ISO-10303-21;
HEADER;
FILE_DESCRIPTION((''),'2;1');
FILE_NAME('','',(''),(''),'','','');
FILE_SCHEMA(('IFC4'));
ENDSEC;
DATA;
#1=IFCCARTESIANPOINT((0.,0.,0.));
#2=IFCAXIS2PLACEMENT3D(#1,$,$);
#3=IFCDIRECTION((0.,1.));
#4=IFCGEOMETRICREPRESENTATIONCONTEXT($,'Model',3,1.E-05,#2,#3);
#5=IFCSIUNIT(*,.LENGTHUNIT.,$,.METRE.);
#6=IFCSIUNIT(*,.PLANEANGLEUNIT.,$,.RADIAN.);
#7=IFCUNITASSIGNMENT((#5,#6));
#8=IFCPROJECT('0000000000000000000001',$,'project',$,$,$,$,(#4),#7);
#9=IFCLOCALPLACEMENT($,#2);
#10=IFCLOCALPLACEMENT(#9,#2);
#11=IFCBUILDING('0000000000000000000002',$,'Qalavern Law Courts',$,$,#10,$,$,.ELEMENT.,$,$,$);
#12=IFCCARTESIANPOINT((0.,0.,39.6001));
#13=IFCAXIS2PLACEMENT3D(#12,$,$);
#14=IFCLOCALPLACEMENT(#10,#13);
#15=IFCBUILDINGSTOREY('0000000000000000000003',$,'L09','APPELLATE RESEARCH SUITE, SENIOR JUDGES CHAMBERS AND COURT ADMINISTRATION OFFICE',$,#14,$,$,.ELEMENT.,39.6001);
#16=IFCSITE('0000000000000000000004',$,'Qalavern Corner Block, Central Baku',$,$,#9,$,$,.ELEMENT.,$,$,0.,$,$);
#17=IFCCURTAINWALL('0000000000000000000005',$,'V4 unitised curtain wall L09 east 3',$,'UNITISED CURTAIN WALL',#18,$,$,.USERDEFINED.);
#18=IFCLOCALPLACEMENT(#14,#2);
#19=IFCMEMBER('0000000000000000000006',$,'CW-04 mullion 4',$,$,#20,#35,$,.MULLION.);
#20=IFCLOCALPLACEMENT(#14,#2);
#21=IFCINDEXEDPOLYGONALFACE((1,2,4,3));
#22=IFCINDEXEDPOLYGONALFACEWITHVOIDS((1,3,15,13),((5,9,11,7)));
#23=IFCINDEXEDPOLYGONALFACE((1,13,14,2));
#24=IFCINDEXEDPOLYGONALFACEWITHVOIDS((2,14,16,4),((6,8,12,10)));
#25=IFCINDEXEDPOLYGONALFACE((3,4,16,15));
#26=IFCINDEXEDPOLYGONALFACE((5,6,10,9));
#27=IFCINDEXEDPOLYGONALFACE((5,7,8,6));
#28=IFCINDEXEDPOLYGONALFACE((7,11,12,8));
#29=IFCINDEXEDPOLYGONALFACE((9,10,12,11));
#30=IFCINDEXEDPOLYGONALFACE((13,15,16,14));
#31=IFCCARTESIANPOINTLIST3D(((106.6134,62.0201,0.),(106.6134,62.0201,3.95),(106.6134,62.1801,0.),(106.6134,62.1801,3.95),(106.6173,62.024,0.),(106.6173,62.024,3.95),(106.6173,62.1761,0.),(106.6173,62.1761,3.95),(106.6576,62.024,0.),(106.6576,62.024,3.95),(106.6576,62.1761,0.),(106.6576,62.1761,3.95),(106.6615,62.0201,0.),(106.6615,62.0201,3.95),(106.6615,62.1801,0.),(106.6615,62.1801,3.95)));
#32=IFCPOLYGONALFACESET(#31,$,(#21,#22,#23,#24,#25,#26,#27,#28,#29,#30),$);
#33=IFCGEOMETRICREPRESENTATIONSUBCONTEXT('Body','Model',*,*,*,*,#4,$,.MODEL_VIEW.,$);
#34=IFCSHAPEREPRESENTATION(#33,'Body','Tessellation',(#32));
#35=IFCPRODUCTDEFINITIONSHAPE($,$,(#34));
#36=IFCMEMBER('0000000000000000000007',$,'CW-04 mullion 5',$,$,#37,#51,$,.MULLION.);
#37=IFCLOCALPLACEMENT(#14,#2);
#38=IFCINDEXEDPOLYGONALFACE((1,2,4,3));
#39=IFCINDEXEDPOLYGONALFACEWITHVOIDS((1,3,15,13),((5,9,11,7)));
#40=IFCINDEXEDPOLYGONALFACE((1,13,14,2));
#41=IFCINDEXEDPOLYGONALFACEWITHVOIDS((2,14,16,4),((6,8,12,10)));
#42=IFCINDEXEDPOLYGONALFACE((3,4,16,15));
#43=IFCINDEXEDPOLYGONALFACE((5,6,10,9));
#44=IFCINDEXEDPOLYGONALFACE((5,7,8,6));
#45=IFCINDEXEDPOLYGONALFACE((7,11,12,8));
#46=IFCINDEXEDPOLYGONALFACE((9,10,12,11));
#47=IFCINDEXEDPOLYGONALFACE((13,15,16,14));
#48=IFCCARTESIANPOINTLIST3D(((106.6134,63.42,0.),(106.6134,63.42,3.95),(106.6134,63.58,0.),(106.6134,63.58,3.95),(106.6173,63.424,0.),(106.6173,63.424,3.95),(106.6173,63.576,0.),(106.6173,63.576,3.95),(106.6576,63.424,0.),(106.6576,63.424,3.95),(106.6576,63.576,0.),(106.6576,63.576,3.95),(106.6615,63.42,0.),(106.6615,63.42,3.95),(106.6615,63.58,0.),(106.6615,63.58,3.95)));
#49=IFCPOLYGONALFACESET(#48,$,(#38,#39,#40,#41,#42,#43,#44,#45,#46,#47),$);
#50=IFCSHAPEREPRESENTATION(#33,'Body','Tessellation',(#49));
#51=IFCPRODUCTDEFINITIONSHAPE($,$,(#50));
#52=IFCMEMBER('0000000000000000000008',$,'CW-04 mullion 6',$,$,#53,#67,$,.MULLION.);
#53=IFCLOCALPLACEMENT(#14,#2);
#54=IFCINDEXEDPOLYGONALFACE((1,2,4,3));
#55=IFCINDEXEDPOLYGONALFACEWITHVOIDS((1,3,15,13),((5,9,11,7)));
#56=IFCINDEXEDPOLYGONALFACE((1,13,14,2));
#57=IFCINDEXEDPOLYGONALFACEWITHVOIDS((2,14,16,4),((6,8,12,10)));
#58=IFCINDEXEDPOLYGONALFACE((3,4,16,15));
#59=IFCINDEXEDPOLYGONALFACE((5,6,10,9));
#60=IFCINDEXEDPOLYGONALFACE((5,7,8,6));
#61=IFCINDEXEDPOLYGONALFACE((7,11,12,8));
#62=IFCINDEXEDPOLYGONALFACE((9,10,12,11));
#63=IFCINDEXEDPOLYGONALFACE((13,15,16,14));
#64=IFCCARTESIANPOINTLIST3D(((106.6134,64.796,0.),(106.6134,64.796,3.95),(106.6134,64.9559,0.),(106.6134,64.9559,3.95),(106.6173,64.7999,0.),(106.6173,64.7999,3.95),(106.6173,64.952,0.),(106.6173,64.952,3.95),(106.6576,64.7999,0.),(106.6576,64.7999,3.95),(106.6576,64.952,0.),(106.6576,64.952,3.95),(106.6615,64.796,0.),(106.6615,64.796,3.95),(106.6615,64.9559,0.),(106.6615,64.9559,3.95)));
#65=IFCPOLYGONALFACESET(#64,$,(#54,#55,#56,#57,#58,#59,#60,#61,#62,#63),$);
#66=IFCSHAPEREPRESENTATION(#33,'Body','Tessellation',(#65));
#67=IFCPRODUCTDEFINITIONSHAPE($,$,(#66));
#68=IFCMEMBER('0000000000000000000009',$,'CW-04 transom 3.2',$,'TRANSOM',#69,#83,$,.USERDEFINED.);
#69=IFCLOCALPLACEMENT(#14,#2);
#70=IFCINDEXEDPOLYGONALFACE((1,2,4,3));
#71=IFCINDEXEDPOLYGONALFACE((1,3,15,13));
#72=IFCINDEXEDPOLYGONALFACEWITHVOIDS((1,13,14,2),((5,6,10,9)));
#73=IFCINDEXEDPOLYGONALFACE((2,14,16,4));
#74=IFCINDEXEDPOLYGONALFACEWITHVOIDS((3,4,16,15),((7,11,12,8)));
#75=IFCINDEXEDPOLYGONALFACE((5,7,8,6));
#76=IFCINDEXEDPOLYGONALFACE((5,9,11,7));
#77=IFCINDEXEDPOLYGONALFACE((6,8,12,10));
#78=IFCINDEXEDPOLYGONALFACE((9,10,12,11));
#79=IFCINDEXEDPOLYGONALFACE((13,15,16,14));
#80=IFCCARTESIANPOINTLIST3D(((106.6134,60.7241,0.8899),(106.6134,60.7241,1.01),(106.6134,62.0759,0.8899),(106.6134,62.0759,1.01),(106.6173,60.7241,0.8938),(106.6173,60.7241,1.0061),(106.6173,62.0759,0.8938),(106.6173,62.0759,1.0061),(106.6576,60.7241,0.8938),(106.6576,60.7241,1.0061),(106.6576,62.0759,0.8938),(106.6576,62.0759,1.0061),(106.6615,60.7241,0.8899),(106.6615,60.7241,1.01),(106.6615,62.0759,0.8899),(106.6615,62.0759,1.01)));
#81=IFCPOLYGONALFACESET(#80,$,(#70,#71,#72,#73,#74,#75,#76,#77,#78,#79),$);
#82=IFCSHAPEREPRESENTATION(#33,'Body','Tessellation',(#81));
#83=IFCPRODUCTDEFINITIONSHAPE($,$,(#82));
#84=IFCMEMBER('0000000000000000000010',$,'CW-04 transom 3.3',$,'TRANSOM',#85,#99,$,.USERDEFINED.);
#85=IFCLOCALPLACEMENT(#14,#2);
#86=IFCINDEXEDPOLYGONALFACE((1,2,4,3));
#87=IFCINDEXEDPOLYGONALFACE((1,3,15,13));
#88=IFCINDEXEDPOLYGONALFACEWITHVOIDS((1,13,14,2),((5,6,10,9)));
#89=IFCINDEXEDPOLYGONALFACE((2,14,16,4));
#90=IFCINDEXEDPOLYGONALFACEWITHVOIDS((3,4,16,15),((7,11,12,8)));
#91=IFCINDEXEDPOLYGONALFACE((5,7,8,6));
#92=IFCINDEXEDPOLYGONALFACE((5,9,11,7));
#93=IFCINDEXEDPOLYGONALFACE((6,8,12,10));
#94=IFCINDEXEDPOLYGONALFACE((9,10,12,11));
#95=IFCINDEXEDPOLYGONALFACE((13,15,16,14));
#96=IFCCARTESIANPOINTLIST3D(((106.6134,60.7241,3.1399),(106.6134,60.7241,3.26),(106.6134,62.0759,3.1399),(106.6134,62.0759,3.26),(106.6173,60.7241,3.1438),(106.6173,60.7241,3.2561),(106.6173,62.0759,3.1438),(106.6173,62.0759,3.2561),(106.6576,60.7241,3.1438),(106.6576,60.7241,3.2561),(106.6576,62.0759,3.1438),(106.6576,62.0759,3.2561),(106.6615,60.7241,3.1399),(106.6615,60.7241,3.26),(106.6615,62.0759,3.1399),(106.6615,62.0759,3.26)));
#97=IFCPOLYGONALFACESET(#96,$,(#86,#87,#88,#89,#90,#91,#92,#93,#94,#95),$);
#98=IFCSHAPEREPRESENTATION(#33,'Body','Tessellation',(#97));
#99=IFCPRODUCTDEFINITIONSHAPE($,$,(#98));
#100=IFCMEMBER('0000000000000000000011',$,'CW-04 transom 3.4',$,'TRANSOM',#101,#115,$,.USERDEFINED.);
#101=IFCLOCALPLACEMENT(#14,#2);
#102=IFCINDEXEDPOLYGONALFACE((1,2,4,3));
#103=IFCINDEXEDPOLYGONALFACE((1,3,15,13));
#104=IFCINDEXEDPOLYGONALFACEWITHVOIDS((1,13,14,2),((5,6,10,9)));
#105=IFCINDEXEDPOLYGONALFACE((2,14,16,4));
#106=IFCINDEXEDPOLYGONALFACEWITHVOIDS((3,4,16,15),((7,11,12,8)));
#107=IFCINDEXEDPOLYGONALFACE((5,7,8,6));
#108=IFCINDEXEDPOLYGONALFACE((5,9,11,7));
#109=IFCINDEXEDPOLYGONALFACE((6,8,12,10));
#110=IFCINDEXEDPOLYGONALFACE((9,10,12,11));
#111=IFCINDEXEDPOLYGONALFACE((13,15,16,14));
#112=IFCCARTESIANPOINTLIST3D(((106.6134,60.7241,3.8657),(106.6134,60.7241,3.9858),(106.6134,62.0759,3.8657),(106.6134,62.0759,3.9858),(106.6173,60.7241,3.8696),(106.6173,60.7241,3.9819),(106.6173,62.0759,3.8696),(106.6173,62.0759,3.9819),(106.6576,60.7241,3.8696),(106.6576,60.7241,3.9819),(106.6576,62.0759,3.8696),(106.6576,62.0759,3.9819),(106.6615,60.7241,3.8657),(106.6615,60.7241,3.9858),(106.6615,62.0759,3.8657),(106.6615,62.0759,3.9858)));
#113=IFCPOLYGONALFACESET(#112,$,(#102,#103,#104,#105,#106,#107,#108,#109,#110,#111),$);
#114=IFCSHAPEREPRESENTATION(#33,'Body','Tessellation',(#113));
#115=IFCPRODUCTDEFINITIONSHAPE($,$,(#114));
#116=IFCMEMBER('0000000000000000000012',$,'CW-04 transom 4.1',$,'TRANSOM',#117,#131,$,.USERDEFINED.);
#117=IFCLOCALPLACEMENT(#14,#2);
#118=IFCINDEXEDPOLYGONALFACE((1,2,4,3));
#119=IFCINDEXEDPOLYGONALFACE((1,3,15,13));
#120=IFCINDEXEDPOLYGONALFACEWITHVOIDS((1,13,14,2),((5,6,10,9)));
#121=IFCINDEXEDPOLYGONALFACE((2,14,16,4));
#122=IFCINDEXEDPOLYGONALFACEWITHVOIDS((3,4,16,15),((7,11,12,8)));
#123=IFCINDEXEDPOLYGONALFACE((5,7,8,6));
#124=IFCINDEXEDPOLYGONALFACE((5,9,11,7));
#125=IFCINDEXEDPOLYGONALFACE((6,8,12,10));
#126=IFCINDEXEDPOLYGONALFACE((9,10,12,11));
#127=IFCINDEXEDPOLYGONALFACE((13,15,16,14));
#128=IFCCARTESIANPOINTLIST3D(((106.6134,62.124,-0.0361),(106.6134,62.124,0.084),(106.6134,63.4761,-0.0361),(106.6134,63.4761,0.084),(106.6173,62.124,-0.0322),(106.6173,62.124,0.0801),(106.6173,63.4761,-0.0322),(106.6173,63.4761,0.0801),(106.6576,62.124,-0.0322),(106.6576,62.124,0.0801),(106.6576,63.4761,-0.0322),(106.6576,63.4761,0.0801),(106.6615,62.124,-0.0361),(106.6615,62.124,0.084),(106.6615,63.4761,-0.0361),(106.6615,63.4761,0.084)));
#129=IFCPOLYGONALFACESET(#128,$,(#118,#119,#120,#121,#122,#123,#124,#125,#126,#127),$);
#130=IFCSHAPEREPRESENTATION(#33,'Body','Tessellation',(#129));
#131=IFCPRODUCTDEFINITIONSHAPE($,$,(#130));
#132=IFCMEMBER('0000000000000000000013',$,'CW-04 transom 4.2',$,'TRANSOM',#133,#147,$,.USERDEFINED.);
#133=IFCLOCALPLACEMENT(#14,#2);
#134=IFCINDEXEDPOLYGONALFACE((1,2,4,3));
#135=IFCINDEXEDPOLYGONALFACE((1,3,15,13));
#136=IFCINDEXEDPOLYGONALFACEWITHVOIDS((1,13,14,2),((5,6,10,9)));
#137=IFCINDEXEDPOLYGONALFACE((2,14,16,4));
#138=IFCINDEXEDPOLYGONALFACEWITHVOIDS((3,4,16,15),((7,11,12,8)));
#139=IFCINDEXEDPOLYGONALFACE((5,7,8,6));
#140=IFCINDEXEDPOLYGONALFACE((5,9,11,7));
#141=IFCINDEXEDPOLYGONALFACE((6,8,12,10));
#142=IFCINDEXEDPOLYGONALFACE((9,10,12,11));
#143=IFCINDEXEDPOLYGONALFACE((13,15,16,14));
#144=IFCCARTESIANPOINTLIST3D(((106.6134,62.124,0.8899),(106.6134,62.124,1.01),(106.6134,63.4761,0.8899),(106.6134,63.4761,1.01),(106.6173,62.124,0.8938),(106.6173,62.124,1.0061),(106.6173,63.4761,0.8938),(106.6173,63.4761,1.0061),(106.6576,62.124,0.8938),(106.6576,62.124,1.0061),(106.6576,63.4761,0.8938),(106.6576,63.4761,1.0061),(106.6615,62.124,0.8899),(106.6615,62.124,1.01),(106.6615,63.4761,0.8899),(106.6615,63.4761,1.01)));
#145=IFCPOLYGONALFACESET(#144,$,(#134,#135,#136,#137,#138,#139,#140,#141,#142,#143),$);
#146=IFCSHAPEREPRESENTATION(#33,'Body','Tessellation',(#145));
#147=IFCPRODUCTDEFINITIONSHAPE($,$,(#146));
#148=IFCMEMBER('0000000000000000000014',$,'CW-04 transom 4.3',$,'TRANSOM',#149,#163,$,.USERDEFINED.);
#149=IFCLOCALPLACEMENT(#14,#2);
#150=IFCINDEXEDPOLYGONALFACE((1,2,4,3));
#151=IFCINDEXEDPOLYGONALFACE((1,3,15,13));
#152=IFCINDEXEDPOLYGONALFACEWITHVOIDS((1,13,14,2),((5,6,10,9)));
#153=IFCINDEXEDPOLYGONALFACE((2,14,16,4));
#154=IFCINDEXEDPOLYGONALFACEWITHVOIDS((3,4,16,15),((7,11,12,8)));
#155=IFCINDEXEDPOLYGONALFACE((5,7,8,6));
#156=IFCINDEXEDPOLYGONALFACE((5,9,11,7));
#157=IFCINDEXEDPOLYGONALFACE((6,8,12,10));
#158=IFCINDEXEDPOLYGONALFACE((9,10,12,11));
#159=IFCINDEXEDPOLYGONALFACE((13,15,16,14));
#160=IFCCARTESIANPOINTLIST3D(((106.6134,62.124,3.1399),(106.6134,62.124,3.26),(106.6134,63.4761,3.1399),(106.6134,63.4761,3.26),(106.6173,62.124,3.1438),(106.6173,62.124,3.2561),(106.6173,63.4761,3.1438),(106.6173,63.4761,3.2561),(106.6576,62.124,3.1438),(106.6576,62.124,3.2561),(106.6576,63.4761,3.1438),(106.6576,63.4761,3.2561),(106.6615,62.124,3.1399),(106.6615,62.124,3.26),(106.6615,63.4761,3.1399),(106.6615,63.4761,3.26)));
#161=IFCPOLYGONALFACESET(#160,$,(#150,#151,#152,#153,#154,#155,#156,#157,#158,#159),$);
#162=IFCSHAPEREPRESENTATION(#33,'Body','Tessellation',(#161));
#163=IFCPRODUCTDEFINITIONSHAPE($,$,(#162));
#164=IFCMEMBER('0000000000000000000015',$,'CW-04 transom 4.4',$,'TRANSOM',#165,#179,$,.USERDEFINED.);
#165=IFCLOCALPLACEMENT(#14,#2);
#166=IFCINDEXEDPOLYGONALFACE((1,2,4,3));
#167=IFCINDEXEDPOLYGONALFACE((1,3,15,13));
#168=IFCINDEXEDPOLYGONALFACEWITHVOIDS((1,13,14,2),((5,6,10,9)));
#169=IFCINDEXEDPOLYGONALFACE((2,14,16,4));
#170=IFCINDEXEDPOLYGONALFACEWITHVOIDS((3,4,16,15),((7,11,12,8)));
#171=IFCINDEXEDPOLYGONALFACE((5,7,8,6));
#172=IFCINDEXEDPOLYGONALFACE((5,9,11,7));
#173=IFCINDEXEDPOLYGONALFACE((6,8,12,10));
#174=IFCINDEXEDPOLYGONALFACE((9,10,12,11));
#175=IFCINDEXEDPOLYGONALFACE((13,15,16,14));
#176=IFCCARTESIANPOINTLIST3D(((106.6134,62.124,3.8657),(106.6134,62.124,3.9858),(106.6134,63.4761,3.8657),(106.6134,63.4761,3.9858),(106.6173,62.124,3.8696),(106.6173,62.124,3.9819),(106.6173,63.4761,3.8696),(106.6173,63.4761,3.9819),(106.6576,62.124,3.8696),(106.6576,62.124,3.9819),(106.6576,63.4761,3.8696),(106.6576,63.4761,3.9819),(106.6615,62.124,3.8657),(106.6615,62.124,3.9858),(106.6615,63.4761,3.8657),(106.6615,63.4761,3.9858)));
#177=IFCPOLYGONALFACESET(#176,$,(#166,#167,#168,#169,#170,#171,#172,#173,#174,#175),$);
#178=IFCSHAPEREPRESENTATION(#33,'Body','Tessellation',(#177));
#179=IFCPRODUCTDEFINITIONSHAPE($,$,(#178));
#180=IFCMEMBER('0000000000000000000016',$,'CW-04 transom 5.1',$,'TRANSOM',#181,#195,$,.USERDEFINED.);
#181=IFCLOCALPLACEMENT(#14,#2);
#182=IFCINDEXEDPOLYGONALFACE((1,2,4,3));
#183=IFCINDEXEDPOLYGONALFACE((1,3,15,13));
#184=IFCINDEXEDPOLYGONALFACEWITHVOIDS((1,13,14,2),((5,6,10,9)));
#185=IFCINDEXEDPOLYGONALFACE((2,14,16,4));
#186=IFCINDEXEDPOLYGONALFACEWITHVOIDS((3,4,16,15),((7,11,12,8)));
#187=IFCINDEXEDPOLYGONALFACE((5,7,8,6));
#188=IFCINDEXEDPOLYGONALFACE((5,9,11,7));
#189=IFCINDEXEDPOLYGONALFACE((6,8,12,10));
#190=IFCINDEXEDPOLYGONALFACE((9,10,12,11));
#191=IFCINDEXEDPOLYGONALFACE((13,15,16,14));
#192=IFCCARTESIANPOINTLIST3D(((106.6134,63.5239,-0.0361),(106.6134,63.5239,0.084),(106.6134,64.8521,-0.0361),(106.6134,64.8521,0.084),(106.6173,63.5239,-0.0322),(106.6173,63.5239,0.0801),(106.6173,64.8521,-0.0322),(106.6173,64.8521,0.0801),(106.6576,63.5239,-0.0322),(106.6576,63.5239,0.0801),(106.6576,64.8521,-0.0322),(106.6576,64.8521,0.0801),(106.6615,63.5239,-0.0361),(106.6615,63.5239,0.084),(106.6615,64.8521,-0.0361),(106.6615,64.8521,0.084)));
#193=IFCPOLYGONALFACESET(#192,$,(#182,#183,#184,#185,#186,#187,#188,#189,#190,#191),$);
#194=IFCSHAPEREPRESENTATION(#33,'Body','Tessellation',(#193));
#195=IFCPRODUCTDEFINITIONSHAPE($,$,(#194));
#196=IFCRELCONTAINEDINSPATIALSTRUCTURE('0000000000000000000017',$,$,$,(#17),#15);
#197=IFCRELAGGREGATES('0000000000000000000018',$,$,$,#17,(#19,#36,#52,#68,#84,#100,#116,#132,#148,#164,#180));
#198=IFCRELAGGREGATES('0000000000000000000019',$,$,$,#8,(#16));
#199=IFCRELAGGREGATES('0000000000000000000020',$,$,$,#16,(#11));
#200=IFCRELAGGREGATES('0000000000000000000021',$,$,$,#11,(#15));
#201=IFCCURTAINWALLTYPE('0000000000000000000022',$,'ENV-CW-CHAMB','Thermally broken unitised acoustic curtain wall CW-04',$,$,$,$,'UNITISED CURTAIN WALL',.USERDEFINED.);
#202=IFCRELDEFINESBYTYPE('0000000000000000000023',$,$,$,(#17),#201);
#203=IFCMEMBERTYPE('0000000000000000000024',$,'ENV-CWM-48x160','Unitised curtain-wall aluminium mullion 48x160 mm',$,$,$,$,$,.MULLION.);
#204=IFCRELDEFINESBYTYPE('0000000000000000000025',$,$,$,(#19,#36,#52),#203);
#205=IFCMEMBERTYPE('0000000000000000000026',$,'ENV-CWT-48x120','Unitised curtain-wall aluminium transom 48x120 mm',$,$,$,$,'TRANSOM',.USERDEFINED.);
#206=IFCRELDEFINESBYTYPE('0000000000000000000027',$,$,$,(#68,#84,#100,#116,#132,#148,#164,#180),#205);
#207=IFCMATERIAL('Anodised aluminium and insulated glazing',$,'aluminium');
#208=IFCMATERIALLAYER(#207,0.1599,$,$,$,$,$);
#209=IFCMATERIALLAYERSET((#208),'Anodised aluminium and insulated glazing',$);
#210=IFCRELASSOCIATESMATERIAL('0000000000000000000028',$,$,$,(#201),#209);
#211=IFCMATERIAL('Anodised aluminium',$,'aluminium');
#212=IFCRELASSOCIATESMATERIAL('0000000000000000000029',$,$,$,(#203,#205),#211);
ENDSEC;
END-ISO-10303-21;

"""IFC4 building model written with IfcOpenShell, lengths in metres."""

from ifc_helpers import new_model, si_unit, direction, frame, origin, origin_2d, place, context, subcontext, project, spatial, hollow_rectangle, extrude, material, layer, layer_set, material_profile, profile_set, type_object, element, aggregate, save


model = new_model("IFC4")

# Units and contexts
model_context = context("Model", 3, precision=1e-05, world=origin(), true_north=direction((0.0, 1.0)))
body_context = subcontext(model_context, "Body", "Model", "MODEL_VIEW")
ifc_project = project(units=[si_unit("LENGTHUNIT", "METRE"), si_unit("PLANEANGLEUNIT", "RADIAN")], contexts=[model_context])

# Site, building, storey
site_placement = place(None, origin())
site = spatial("IfcSite", under=ifc_project, at=site_placement, Name="Qalavern Corner Block, Central Baku", CompositionType="ELEMENT", RefElevation=0.0)
building_placement = place(site_placement, origin())
building = spatial("IfcBuilding", under=site, at=building_placement, Name="Qalavern Law Courts", CompositionType="ELEMENT")
storey_placement = place(building_placement, frame((0.0, 0.0, 39.6001)))
storey = spatial("IfcBuildingStorey", under=building, at=storey_placement, Name="L09", Description="APPELLATE RESEARCH SUITE, SENIOR JUDGES CHAMBERS AND COURT ADMINISTRATION OFFICE", CompositionType="ELEMENT", Elevation=39.6001)

# Curtain wall, members
ifc_material_1 = material(Name="Anodised aluminium and insulated glazing", Category="aluminium")
ifc_layer_1 = layer(ifc_material_1, 0.1599)
ifc_layer_set_1 = layer_set([ifc_layer_1], Name="Anodised aluminium and insulated glazing")
curtain_wall_type = type_object("IfcCurtainWallType", Name="ENV-CW-CHAMB", Description="Thermally broken unitised acoustic curtain wall CW-04", ElementType="UNITISED CURTAIN WALL", PredefinedType="USERDEFINED", material=ifc_layer_set_1)
curtain_wall_placement = place(storey_placement, origin())
curtain_wall = element("IfcCurtainWall", 1, at=curtain_wall_placement, inside=storey, type_object=curtain_wall_type, Name="V4 unitised curtain wall L09 east 3", ObjectType="UNITISED CURTAIN WALL", PredefinedType="USERDEFINED")
ifc_material_2 = material(Name="Anodised aluminium", Category="aluminium")
ifc_material_profile_1 = material_profile(ifc_material_2, hollow_rectangle(XDim=0.0481, YDim=0.1599, WallThickness=0.0039, at=origin_2d()), Name="ALU MULLION 48x160")
ifc_profile_set_1 = profile_set([ifc_material_profile_1], Name="Anodised aluminium")
member_type_1 = type_object("IfcMemberType", Name="ENV-CWM-48x160", Description="Unitised curtain-wall aluminium mullion 48x160 mm", PredefinedType="MULLION", material=ifc_profile_set_1)
member_1_placement = place(storey_placement, frame((106.6375, 62.1001, 0.0), z_axis=(0.0, 0.0, 1.0), x_axis=(-1.0, 0.0, 0.0)))
member_1 = element("IfcMember", 2, at=member_1_placement, type_object=member_type_1, Name="CW-04 mullion 4", PredefinedType="MULLION", context=body_context, shape_type="SweptSolid", body=[
    extrude(hollow_rectangle(XDim=0.0481, YDim=0.1599, WallThickness=0.0039, at=origin_2d()), origin(), (0.0, 0.0, 1.0), 3.95),
])
member_2_placement = place(storey_placement, frame((106.6375, 63.5, 0.0), z_axis=(0.0, 0.0, 1.0), x_axis=(-1.0, 0.0, 0.0)))
member_2 = element("IfcMember", 3, at=member_2_placement, type_object=member_type_1, Name="CW-04 mullion 5", PredefinedType="MULLION", context=body_context, shape_type="SweptSolid", body=[
    extrude(hollow_rectangle(XDim=0.0481, YDim=0.1599, WallThickness=0.0039, at=origin_2d()), origin(), (0.0, 0.0, 1.0), 3.95),
])
member_3_placement = place(storey_placement, frame((106.6375, 64.876, 0.0), z_axis=(0.0, 0.0, 1.0), x_axis=(-1.0, 0.0, 0.0)))
member_3 = element("IfcMember", 4, at=member_3_placement, type_object=member_type_1, Name="CW-04 mullion 6", PredefinedType="MULLION", context=body_context, shape_type="SweptSolid", body=[
    extrude(hollow_rectangle(XDim=0.0481, YDim=0.1599, WallThickness=0.0039, at=origin_2d()), origin(), (0.0, 0.0, 1.0), 3.95),
])
ifc_material_profile_2 = material_profile(ifc_material_2, hollow_rectangle(XDim=0.0481, YDim=0.1201, WallThickness=0.0039, at=origin_2d()), Name="ALU TRANSOM 48x120")
ifc_profile_set_2 = profile_set([ifc_material_profile_2], Name="Anodised aluminium")
member_type_2 = type_object("IfcMemberType", Name="ENV-CWT-48x120", Description="Unitised curtain-wall aluminium transom 48x120 mm", ElementType="TRANSOM", PredefinedType="USERDEFINED", material=ifc_profile_set_2)
member_4_placement = place(storey_placement, frame((106.6375, 60.7241, 0.95), z_axis=(0.0, 1.0, 0.0), x_axis=(-1.0, 0.0, 0.0)))
member_4 = element("IfcMember", 5, at=member_4_placement, type_object=member_type_2, Name="CW-04 transom 3.2", ObjectType="TRANSOM", PredefinedType="USERDEFINED", context=body_context, shape_type="SweptSolid", body=[
    extrude(hollow_rectangle(XDim=0.0481, YDim=0.1201, WallThickness=0.0039, at=origin_2d()), origin(), (0.0, 0.0, 1.0), 1.3518),
])
member_5_placement = place(storey_placement, frame((106.6375, 60.7241, 3.2), z_axis=(0.0, 1.0, 0.0), x_axis=(-1.0, 0.0, 0.0)))
member_5 = element("IfcMember", 6, at=member_5_placement, type_object=member_type_2, Name="CW-04 transom 3.3", ObjectType="TRANSOM", PredefinedType="USERDEFINED", context=body_context, shape_type="SweptSolid", body=[
    extrude(hollow_rectangle(XDim=0.0481, YDim=0.1201, WallThickness=0.0039, at=origin_2d()), origin(), (0.0, 0.0, 1.0), 1.3518),
])
member_6_placement = place(storey_placement, frame((106.6375, 60.7241, 3.9258), z_axis=(0.0, 1.0, 0.0), x_axis=(-1.0, 0.0, 0.0)))
member_6 = element("IfcMember", 7, at=member_6_placement, type_object=member_type_2, Name="CW-04 transom 3.4", ObjectType="TRANSOM", PredefinedType="USERDEFINED", context=body_context, shape_type="SweptSolid", body=[
    extrude(hollow_rectangle(XDim=0.0481, YDim=0.1201, WallThickness=0.0039, at=origin_2d()), origin(), (0.0, 0.0, 1.0), 1.3518),
])
member_7_placement = place(storey_placement, frame((106.6375, 62.124, 0.0239), z_axis=(0.0, 1.0, 0.0), x_axis=(-1.0, 0.0, 0.0)))
member_7 = element("IfcMember", 8, at=member_7_placement, type_object=member_type_2, Name="CW-04 transom 4.1", ObjectType="TRANSOM", PredefinedType="USERDEFINED", context=body_context, shape_type="SweptSolid", body=[
    extrude(hollow_rectangle(XDim=0.0481, YDim=0.1201, WallThickness=0.0039, at=origin_2d()), origin(), (0.0, 0.0, 1.0), 1.3521),
])
member_8_placement = place(storey_placement, frame((106.6375, 62.124, 0.95), z_axis=(0.0, 1.0, 0.0), x_axis=(-1.0, 0.0, 0.0)))
member_8 = element("IfcMember", 9, at=member_8_placement, type_object=member_type_2, Name="CW-04 transom 4.2", ObjectType="TRANSOM", PredefinedType="USERDEFINED", context=body_context, shape_type="SweptSolid", body=[
    extrude(hollow_rectangle(XDim=0.0481, YDim=0.1201, WallThickness=0.0039, at=origin_2d()), origin(), (0.0, 0.0, 1.0), 1.3521),
])
member_9_placement = place(storey_placement, frame((106.6375, 62.124, 3.2), z_axis=(0.0, 1.0, 0.0), x_axis=(-1.0, 0.0, 0.0)))
member_9 = element("IfcMember", 10, at=member_9_placement, type_object=member_type_2, Name="CW-04 transom 4.3", ObjectType="TRANSOM", PredefinedType="USERDEFINED", context=body_context, shape_type="SweptSolid", body=[
    extrude(hollow_rectangle(XDim=0.0481, YDim=0.1201, WallThickness=0.0039, at=origin_2d()), origin(), (0.0, 0.0, 1.0), 1.3521),
])
member_10_placement = place(storey_placement, frame((106.6375, 62.124, 3.9258), z_axis=(0.0, 1.0, 0.0), x_axis=(-1.0, 0.0, 0.0)))
member_10 = element("IfcMember", 11, at=member_10_placement, type_object=member_type_2, Name="CW-04 transom 4.4", ObjectType="TRANSOM", PredefinedType="USERDEFINED", context=body_context, shape_type="SweptSolid", body=[
    extrude(hollow_rectangle(XDim=0.0481, YDim=0.1201, WallThickness=0.0039, at=origin_2d()), origin(), (0.0, 0.0, 1.0), 1.3521),
])
member_11_placement = place(storey_placement, frame((106.6375, 63.5239, 0.0239), z_axis=(0.0, 1.0, 0.0), x_axis=(-1.0, 0.0, 0.0)))
member_11 = element("IfcMember", 12, at=member_11_placement, type_object=member_type_2, Name="CW-04 transom 5.1", ObjectType="TRANSOM", PredefinedType="USERDEFINED", context=body_context, shape_type="SweptSolid", body=[
    extrude(hollow_rectangle(XDim=0.0481, YDim=0.1201, WallThickness=0.0039, at=origin_2d()), origin(), (0.0, 0.0, 1.0), 1.3281),
])
aggregate(curtain_wall, [member_1, member_2, member_3, member_4, member_5, member_6, member_7, member_8, member_9, member_10, member_11])

save(model, "model.ifc")
